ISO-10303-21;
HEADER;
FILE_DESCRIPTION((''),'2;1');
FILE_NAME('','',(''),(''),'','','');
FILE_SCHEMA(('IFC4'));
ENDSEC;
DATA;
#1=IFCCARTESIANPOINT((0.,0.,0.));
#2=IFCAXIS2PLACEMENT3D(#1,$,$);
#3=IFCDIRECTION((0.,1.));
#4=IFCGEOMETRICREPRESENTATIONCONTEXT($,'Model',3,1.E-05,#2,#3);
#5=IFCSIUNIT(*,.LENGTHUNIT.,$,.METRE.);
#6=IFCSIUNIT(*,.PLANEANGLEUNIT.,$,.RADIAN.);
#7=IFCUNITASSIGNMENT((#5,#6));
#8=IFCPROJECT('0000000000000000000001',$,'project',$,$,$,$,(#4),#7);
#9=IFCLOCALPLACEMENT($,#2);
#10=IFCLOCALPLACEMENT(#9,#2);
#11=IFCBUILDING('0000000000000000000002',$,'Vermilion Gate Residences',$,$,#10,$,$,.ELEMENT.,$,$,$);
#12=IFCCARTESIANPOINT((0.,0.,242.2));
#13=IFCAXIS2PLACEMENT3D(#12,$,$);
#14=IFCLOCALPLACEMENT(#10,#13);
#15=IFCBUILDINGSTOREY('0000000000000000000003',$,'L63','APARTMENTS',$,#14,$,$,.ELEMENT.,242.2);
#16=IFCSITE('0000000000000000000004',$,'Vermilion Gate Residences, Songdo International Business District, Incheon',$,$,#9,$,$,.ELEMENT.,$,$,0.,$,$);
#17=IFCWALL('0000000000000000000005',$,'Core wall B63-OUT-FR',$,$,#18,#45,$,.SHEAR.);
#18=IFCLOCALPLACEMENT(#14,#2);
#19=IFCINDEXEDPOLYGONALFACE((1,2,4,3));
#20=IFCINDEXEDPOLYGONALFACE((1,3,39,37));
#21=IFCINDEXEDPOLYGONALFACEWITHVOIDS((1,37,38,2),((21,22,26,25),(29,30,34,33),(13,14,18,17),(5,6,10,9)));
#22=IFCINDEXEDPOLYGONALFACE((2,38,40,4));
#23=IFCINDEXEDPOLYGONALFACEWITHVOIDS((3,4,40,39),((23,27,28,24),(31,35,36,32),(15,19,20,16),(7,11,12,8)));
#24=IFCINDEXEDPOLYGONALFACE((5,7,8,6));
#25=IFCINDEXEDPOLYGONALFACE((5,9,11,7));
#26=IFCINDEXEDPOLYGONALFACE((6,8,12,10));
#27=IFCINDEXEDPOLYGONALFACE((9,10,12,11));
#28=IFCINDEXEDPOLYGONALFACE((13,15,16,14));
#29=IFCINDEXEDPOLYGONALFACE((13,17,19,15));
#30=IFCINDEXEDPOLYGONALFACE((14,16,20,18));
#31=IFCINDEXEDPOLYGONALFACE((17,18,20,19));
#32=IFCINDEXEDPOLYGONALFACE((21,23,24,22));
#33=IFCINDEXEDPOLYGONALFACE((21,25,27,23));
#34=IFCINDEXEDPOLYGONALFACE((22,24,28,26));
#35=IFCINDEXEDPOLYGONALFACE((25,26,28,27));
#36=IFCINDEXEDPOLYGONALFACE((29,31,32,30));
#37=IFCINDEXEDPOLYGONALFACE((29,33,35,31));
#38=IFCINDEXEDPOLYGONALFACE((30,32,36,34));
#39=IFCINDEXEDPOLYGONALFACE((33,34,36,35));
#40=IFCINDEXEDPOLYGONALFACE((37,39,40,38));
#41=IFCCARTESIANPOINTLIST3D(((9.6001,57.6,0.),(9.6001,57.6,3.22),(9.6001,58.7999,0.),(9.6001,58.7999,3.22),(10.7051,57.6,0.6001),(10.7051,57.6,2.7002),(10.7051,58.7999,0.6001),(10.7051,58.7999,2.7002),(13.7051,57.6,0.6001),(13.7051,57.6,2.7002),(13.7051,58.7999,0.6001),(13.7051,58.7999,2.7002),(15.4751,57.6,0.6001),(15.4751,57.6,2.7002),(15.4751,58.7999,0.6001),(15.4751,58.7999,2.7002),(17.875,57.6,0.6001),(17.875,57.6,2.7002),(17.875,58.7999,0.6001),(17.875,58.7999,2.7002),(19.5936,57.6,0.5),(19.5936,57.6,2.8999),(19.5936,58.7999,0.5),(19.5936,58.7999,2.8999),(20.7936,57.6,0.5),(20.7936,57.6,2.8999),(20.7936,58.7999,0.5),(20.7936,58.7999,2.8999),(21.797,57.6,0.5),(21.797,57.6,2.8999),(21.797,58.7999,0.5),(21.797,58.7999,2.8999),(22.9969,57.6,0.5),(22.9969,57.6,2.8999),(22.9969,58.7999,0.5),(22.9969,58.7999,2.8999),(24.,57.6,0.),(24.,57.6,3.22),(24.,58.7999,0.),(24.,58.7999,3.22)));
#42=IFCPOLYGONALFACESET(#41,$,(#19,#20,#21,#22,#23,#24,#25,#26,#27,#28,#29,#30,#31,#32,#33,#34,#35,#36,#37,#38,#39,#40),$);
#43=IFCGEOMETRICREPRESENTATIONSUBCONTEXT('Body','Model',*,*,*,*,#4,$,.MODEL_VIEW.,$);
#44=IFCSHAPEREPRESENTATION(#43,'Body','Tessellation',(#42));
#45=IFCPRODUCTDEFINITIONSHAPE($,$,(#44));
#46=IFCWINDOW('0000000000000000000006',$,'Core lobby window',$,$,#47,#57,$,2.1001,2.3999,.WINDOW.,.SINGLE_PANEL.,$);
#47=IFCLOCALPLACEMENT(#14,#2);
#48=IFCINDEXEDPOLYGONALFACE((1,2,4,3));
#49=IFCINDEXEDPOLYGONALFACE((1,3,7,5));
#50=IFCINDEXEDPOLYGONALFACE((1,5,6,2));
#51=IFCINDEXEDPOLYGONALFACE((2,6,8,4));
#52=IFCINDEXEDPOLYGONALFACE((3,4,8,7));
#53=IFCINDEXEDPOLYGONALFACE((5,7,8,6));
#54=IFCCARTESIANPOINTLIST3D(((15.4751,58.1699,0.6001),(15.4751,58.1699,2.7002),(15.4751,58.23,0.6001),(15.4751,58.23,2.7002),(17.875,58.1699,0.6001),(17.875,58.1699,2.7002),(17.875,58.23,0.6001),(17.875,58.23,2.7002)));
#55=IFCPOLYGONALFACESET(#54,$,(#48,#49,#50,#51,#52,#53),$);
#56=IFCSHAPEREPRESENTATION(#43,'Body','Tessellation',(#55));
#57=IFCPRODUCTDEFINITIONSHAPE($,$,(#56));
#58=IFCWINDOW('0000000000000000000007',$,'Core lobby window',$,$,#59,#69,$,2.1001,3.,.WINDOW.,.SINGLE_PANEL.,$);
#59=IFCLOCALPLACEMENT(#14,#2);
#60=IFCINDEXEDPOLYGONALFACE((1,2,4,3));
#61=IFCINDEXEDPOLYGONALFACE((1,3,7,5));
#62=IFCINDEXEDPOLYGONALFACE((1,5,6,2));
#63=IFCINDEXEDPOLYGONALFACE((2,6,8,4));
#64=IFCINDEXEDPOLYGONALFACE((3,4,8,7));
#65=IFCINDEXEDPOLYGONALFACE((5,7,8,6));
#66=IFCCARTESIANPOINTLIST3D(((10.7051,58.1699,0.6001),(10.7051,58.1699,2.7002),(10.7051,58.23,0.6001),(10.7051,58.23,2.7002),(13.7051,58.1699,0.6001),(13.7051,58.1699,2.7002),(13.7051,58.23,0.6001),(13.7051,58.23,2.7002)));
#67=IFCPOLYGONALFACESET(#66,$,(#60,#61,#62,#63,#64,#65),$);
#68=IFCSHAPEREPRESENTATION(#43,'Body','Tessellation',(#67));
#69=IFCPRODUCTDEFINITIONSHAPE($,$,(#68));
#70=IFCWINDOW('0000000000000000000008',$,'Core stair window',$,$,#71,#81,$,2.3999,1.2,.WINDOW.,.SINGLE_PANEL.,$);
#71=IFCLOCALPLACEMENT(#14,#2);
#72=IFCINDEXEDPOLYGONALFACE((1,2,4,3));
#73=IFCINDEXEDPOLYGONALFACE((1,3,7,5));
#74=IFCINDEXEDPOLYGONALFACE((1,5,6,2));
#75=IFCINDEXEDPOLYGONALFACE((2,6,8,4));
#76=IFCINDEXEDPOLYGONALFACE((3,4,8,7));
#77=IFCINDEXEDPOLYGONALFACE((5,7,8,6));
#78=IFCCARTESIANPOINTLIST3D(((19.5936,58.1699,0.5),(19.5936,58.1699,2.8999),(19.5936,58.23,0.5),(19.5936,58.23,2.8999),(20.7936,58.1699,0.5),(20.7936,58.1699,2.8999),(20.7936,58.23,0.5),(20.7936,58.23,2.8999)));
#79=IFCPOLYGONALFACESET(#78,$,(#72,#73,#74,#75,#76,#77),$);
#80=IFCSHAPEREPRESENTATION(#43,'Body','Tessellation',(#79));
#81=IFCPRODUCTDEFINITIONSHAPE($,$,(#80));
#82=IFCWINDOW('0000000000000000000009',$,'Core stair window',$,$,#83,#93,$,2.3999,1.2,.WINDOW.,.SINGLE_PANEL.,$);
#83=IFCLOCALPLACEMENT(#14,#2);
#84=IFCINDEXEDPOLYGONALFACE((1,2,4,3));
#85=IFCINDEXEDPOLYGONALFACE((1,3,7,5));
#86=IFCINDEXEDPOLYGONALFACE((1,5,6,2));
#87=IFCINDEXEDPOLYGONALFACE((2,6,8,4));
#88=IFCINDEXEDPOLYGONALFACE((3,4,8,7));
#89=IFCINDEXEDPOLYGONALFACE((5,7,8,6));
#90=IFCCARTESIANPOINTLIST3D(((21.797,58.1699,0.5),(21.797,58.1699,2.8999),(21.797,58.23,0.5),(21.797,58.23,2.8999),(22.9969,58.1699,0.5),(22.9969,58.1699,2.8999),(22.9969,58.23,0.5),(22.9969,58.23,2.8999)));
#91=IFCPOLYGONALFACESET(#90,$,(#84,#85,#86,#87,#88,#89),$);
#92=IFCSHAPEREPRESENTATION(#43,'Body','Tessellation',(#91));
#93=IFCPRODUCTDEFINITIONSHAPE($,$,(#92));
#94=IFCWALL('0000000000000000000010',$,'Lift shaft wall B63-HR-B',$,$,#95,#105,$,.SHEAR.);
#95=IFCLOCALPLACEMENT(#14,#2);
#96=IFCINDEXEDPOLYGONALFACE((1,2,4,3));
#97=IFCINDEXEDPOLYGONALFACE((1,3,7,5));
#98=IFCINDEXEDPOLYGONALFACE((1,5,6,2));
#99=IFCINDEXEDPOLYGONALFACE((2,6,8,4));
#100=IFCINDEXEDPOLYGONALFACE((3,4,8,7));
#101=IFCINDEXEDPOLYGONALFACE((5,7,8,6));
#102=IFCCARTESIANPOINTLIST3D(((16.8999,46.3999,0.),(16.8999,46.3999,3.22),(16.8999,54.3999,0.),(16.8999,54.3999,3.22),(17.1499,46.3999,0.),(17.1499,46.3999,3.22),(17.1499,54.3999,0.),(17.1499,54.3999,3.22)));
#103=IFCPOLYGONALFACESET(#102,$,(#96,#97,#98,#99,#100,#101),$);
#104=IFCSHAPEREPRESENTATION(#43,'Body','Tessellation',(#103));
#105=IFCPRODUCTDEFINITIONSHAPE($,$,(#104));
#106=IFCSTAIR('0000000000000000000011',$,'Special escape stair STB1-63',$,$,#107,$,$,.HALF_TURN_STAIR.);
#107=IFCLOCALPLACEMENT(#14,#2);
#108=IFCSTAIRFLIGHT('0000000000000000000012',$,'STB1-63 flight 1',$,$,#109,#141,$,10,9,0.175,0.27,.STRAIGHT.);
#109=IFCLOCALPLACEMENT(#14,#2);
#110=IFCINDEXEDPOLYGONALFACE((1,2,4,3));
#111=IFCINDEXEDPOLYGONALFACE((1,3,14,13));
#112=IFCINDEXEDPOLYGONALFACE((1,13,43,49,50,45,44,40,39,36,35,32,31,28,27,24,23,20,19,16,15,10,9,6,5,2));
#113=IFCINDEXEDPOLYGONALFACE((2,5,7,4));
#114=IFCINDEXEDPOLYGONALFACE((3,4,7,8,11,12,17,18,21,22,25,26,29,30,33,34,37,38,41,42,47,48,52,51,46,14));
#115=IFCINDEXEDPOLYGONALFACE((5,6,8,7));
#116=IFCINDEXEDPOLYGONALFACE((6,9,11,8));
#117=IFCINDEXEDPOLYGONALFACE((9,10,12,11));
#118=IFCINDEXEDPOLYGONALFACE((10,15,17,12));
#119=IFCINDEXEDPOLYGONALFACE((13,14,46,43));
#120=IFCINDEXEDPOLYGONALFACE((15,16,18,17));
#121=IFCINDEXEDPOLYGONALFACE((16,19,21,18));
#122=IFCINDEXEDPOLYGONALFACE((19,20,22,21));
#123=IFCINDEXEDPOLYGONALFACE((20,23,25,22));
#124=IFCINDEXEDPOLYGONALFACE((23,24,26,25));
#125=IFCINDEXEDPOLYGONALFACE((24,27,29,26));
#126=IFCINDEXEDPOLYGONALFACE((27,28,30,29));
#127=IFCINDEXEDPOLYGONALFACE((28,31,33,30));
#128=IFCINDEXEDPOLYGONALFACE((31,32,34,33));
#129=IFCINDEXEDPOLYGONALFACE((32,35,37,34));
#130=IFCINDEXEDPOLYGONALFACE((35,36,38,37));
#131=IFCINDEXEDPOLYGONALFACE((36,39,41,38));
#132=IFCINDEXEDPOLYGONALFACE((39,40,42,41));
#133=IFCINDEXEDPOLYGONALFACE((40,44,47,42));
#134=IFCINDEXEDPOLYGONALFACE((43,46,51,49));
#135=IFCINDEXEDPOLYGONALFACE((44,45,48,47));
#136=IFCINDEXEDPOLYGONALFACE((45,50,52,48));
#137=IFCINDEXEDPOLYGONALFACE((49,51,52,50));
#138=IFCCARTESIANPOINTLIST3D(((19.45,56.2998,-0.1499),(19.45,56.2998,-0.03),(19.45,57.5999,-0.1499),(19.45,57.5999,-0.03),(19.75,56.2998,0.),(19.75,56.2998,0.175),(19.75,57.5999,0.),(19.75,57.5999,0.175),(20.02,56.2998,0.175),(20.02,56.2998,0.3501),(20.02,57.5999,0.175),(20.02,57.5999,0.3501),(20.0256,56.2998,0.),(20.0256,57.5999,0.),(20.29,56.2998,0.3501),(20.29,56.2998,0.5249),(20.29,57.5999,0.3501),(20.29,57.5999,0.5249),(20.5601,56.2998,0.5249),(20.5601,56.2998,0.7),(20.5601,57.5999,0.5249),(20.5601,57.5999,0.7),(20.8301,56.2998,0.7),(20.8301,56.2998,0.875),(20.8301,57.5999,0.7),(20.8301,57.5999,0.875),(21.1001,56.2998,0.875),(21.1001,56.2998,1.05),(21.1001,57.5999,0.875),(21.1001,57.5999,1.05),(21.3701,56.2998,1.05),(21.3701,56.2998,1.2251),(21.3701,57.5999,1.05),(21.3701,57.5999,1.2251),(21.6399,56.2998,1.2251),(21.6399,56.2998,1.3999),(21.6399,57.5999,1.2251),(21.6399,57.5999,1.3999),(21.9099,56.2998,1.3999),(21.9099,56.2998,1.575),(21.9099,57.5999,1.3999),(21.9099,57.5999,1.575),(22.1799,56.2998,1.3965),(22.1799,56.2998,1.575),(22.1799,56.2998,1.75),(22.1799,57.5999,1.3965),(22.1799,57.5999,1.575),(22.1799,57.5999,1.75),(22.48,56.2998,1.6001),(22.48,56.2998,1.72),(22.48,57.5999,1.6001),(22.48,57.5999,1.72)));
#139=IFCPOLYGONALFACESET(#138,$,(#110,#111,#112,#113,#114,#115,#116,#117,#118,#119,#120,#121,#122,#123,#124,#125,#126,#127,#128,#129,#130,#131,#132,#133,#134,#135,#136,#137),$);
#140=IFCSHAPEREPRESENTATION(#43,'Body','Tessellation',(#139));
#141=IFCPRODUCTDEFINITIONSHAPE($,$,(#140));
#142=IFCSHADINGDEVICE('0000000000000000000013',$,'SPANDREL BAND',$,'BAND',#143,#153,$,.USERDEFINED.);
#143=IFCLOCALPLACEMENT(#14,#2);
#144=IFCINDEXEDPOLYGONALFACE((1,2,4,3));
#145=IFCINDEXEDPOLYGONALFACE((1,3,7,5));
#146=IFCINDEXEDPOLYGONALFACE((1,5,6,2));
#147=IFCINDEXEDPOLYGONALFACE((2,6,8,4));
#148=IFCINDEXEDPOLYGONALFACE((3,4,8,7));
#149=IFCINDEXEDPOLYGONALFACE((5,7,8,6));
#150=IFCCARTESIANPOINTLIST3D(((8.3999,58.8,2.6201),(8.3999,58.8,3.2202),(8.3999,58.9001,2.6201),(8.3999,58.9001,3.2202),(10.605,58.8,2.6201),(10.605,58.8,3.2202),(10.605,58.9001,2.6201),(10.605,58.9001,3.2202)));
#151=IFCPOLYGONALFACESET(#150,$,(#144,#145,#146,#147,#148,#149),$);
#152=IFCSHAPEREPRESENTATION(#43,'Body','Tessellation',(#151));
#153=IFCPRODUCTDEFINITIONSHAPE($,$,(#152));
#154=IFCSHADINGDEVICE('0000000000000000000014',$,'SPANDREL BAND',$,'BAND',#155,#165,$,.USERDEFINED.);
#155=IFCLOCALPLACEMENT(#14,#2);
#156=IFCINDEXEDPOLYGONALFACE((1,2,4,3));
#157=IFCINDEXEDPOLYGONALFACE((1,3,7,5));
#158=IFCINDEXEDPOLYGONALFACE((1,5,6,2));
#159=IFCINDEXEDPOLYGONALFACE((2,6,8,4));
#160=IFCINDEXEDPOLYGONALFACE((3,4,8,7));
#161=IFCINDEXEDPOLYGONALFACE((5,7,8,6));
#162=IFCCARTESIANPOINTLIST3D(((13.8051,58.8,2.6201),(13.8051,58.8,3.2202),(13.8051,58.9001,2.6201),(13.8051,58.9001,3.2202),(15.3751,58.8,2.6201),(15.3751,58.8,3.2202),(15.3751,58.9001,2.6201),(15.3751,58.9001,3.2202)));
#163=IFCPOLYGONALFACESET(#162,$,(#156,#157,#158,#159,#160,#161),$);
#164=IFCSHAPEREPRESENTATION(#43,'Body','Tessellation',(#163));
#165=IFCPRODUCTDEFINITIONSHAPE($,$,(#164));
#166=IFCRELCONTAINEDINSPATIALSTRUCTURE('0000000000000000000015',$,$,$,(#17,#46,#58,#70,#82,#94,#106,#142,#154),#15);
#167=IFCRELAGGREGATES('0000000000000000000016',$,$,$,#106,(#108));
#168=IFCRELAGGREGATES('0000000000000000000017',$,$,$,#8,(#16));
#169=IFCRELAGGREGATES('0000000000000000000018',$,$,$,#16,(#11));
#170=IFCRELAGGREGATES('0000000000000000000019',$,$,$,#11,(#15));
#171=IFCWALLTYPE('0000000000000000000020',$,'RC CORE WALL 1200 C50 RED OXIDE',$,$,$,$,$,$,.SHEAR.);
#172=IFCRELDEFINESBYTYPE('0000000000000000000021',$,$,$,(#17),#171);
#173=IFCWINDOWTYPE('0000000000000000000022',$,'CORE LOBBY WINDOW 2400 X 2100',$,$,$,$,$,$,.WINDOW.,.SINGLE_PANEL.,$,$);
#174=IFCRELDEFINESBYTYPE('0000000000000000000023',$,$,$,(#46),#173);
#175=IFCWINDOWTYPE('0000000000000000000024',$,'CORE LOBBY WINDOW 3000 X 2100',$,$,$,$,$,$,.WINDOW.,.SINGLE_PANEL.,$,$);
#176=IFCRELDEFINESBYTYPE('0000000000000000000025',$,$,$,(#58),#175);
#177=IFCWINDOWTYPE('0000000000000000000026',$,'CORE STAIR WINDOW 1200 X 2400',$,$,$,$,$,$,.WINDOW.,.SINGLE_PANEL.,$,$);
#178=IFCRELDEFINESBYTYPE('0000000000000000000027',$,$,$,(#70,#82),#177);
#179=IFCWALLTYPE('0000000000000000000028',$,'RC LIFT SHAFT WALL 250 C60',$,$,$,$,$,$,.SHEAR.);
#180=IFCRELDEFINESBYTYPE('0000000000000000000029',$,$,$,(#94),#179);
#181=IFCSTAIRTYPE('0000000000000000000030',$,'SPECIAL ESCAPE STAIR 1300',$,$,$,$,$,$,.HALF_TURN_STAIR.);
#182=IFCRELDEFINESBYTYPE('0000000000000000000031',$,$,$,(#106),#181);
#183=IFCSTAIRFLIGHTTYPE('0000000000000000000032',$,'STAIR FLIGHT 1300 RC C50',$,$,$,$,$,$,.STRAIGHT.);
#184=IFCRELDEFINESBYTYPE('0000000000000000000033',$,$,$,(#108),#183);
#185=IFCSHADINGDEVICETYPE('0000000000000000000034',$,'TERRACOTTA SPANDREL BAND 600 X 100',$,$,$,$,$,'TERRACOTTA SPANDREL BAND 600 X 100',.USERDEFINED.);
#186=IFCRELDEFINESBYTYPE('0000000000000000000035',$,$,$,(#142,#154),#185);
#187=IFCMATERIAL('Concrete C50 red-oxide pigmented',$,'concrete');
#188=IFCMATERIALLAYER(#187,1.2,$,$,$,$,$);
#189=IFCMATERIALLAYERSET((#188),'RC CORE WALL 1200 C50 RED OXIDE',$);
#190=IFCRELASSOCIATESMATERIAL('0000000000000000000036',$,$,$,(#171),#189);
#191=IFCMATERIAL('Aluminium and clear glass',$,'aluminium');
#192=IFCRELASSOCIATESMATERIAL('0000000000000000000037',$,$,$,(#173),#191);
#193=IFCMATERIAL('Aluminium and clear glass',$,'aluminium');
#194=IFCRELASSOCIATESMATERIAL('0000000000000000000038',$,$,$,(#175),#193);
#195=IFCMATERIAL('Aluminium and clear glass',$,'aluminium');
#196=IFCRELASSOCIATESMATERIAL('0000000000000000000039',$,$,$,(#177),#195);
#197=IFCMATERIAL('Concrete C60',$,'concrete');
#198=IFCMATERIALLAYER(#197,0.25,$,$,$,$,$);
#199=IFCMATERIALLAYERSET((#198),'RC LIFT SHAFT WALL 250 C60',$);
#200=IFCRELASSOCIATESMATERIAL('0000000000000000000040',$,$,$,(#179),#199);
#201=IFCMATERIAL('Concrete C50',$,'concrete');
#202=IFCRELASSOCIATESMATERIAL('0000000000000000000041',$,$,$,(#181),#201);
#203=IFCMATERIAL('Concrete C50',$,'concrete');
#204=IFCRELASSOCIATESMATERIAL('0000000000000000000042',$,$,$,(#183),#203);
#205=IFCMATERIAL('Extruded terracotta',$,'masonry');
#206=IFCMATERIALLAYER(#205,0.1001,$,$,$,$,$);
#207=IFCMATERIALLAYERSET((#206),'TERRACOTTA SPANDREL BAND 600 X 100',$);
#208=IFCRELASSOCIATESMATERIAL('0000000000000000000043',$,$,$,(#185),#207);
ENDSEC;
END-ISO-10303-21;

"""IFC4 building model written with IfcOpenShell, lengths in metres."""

from ifc_helpers import new_model, si_unit, direction, frame, frame_2d, origin, origin_2d, place, context, subcontext, project, spatial, polyline, rectangle, outline, extrude, material, layer, layer_set, type_object, element, fill, aggregate, save


model = new_model("IFC4")

# Units and contexts
model_context = context("Model", 3, precision=1e-05, world=origin(), true_north=direction((0.0, 1.0)))
body_context = subcontext(model_context, "Body", "Model", "MODEL_VIEW")
ifc_project = project(units=[si_unit("LENGTHUNIT", "METRE"), si_unit("PLANEANGLEUNIT", "RADIAN")], contexts=[model_context])

# Site, building, storey
site_placement = place(None, origin())
site = spatial("IfcSite", under=ifc_project, at=site_placement, Name="Vermilion Gate Residences, Songdo International Business District, Incheon", CompositionType="ELEMENT", RefElevation=0.0)
building_placement = place(site_placement, origin())
building = spatial("IfcBuilding", under=site, at=building_placement, Name="Vermilion Gate Residences", CompositionType="ELEMENT")
storey_placement = place(building_placement, frame((0.0, 0.0, 242.2)))
storey = spatial("IfcBuildingStorey", under=building, at=storey_placement, Name="L63", Description="APARTMENTS", CompositionType="ELEMENT", Elevation=242.2)

# Wall, openings, windows
ifc_material_1 = material(Name="Concrete C50 red-oxide pigmented", Category="concrete")
ifc_layer_1 = layer(ifc_material_1, 1.2)
ifc_layer_set_1 = layer_set([ifc_layer_1], Name="RC CORE WALL 1200 C50 RED OXIDE")
wall_type_1 = type_object("IfcWallType", Name="RC CORE WALL 1200 C50 RED OXIDE", PredefinedType="SHEAR", material=ifc_layer_set_1)
ifc_material_2 = material(Name="Aluminium and clear glass", Category="aluminium")
window_type_1 = type_object("IfcWindowType", Name="CORE LOBBY WINDOW 2400 X 2100", PartitioningType="SINGLE_PANEL", PredefinedType="WINDOW", material=ifc_material_2)
wall_1_placement = place(storey_placement, frame((9.6001, 58.2, 0.0), z_axis=(0.0, 0.0, 1.0), x_axis=(1.0, 0.0, 0.0)))
wall_1 = element("IfcWall", 1, at=wall_1_placement, inside=storey, type_object=wall_type_1, Name="Core wall B63-OUT-FR", PredefinedType="SHEAR", context=body_context, shape_type="SweptSolid", body=[
    extrude(rectangle(XDim=14.3999, YDim=1.2, at=frame_2d((7.2, 0.0))), origin(), (0.0, 0.0, 1.0), 3.22),
])
opening_1_placement = place(wall_1_placement, frame((1.105, 0.0, 0.6001)))
opening_1 = element("IfcOpeningElement", 2, at=opening_1_placement, cuts=wall_1, PredefinedType="OPENING", context=body_context, shape_type="SweptSolid", body=[
    extrude(rectangle(XDim=3.0, YDim=2.1001, at=frame_2d((1.5, 1.05))), frame((0.0, 0.6099, 0.0), z_axis=(0.0, -1.0, 0.0), x_axis=(1.0, 0.0, 0.0)), (0.0, 0.0, 1.0), 1.22),
])
opening_2_placement = place(wall_1_placement, frame((5.875, 0.0, 0.6001)))
opening_2 = element("IfcOpeningElement", 3, at=opening_2_placement, cuts=wall_1, PredefinedType="OPENING", context=body_context, shape_type="SweptSolid", body=[
    extrude(rectangle(XDim=2.3999, YDim=2.1001, at=frame_2d((1.2, 1.05))), frame((0.0, 0.6099, 0.0), z_axis=(0.0, -1.0, 0.0), x_axis=(1.0, 0.0, 0.0)), (0.0, 0.0, 1.0), 1.22),
])
opening_3_placement = place(wall_1_placement, frame((9.9934, 0.0, 0.5)))
opening_3 = element("IfcOpeningElement", 4, at=opening_3_placement, cuts=wall_1, PredefinedType="OPENING", context=body_context, shape_type="SweptSolid", body=[
    extrude(rectangle(XDim=1.2, YDim=2.3999, at=frame_2d((0.6001, 1.2))), frame((0.0, 0.6099, 0.0), z_axis=(0.0, -1.0, 0.0), x_axis=(1.0, 0.0, 0.0)), (0.0, 0.0, 1.0), 1.22),
])
opening_4_placement = place(wall_1_placement, frame((12.1968, 0.0, 0.5)))
opening_4 = element("IfcOpeningElement", 5, at=opening_4_placement, cuts=wall_1, PredefinedType="OPENING", context=body_context, shape_type="SweptSolid", body=[
    extrude(rectangle(XDim=1.2, YDim=2.3999, at=frame_2d((0.6001, 1.2))), frame((0.0, 0.6099, 0.0), z_axis=(0.0, -1.0, 0.0), x_axis=(1.0, 0.0, 0.0)), (0.0, 0.0, 1.0), 1.22),
])
window_1_placement = place(opening_2_placement, origin())
window_1 = element("IfcWindow", 6, at=window_1_placement, inside=storey, type_object=window_type_1, Name="Core lobby window", OverallHeight=2.1001, OverallWidth=2.3999, PartitioningType="SINGLE_PANEL", PredefinedType="WINDOW", context=body_context, shape_type="SweptSolid", body=[
    extrude(rectangle(XDim=2.3999, YDim=2.1001, at=frame_2d((1.2, 1.05))), frame((0.0, 0.03, 0.0), z_axis=(0.0, -1.0, 0.0), x_axis=(1.0, 0.0, 0.0)), (0.0, 0.0, 1.0), 0.0601),
])
fill(opening_2, window_1)
ifc_material_3 = material(Name="Aluminium and clear glass", Category="aluminium")
window_type_2 = type_object("IfcWindowType", Name="CORE LOBBY WINDOW 3000 X 2100", PartitioningType="SINGLE_PANEL", PredefinedType="WINDOW", material=ifc_material_3)
window_2_placement = place(opening_1_placement, origin())
window_2 = element("IfcWindow", 7, at=window_2_placement, inside=storey, type_object=window_type_2, Name="Core lobby window", OverallHeight=2.1001, OverallWidth=3.0, PartitioningType="SINGLE_PANEL", PredefinedType="WINDOW", context=body_context, shape_type="SweptSolid", body=[
    extrude(rectangle(XDim=3.0, YDim=2.1001, at=frame_2d((1.5, 1.05))), frame((0.0, 0.03, 0.0), z_axis=(0.0, -1.0, 0.0), x_axis=(1.0, 0.0, 0.0)), (0.0, 0.0, 1.0), 0.0601),
])
fill(opening_1, window_2)
ifc_material_4 = material(Name="Aluminium and clear glass", Category="aluminium")
window_type_3 = type_object("IfcWindowType", Name="CORE STAIR WINDOW 1200 X 2400", PartitioningType="SINGLE_PANEL", PredefinedType="WINDOW", material=ifc_material_4)
window_3_placement = place(opening_3_placement, origin())
window_3 = element("IfcWindow", 8, at=window_3_placement, inside=storey, type_object=window_type_3, Name="Core stair window", OverallHeight=2.3999, OverallWidth=1.2, PartitioningType="SINGLE_PANEL", PredefinedType="WINDOW", context=body_context, shape_type="SweptSolid", body=[
    extrude(rectangle(XDim=1.2, YDim=2.3999, at=frame_2d((0.6001, 1.2))), frame((0.0, 0.03, 0.0), z_axis=(0.0, -1.0, 0.0), x_axis=(1.0, 0.0, 0.0)), (0.0, 0.0, 1.0), 0.0601),
])
fill(opening_3, window_3)
window_4_placement = place(opening_4_placement, origin())
window_4 = element("IfcWindow", 9, at=window_4_placement, inside=storey, type_object=window_type_3, Name="Core stair window", OverallHeight=2.3999, OverallWidth=1.2, PartitioningType="SINGLE_PANEL", PredefinedType="WINDOW", context=body_context, shape_type="SweptSolid", body=[
    extrude(rectangle(XDim=1.2, YDim=2.3999, at=frame_2d((0.6001, 1.2))), frame((0.0, 0.03, 0.0), z_axis=(0.0, -1.0, 0.0), x_axis=(1.0, 0.0, 0.0)), (0.0, 0.0, 1.0), 0.0601),
])
fill(opening_4, window_4)

# Wall
ifc_material_5 = material(Name="Concrete C60", Category="concrete")
ifc_layer_2 = layer(ifc_material_5, 0.25)
ifc_layer_set_2 = layer_set([ifc_layer_2], Name="RC LIFT SHAFT WALL 250 C60")
wall_type_2 = type_object("IfcWallType", Name="RC LIFT SHAFT WALL 250 C60", PredefinedType="SHEAR", material=ifc_layer_set_2)
wall_2_placement = place(storey_placement, frame((17.0249, 54.3999, 0.0), z_axis=(0.0, 0.0, 1.0), x_axis=(0.0, -1.0, 0.0)))
element("IfcWall", 10, at=wall_2_placement, inside=storey, type_object=wall_type_2, Name="Lift shaft wall B63-HR-B", PredefinedType="SHEAR", context=body_context, shape_type="SweptSolid", body=[
    extrude(rectangle(XDim=8.0, YDim=0.25, at=frame_2d((4.0, 0.0))), origin(), (0.0, 0.0, 1.0), 3.22),
])

# Stair, stair flight
ifc_material_6 = material(Name="Concrete C50", Category="concrete")
stair_type = type_object("IfcStairType", Name="SPECIAL ESCAPE STAIR 1300", PredefinedType="HALF_TURN_STAIR", material=ifc_material_6)
stair_placement = place(storey_placement, origin())
stair = element("IfcStair", 11, at=stair_placement, inside=storey, type_object=stair_type, Name="Special escape stair STB1-63", PredefinedType="HALF_TURN_STAIR")
ifc_material_7 = material(Name="Concrete C50", Category="concrete")
stair_flight_type = type_object("IfcStairFlightType", Name="STAIR FLIGHT 1300 RC C50", PredefinedType="STRAIGHT", material=ifc_material_7)
stair_flight_placement = place(storey_placement, frame((19.75, 56.95, 0.0), z_axis=(0.0, 0.0, 1.0), x_axis=(1.0, 0.0, 0.0)))
stair_flight = element("IfcStairFlight", 12, at=stair_flight_placement, type_object=stair_flight_type, Name="STB1-63 flight 1", NumberOfRisers=10, NumberOfTreads=9, PredefinedType="STRAIGHT", RiserHeight=0.175, TreadLength=0.27, context=body_context, shape_type="SweptSolid", body=[
    extrude(outline(polyline([(-0.3, -0.1499), (-0.3, -0.03), (0.0, 0.0), (0.0, 0.175), (0.27, 0.175), (0.27, 0.3501), (0.54, 0.3501), (0.54, 0.5249), (0.8101, 0.5249), (0.8101, 0.7), (1.0801, 0.7), (1.0801, 0.875), (1.3501, 0.875), (1.3501, 1.05), (1.6201, 1.05), (1.6201, 1.2251), (1.8899, 1.2251), (1.8899, 1.3999), (2.1599, 1.3999), (2.1599, 1.575), (2.4299, 1.575), (2.4299, 1.75), (2.73, 1.72), (2.73, 1.6001), (2.4299, 1.3965), (0.2756, 0.0), (-0.3, -0.1499)])), frame((0.0, 0.6499, 0.0), z_axis=(0.0, -1.0, 0.0), x_axis=(1.0, 0.0, 0.0)), (0.0, 0.0, 1.0), 1.3),
])
aggregate(stair, [stair_flight])

# Shading devices
ifc_material_8 = material(Name="Extruded terracotta", Category="masonry")
ifc_layer_3 = layer(ifc_material_8, 0.1001)
ifc_layer_set_3 = layer_set([ifc_layer_3], Name="TERRACOTTA SPANDREL BAND 600 X 100")
shading_device_type = type_object("IfcShadingDeviceType", Name="TERRACOTTA SPANDREL BAND 600 X 100", ElementType="TERRACOTTA SPANDREL BAND 600 X 100", PredefinedType="USERDEFINED", material=ifc_layer_set_3)
shading_device_1_placement = place(storey_placement, frame((9.5024, 58.8501, 2.6201), z_axis=(0.0, 0.0, 1.0), x_axis=(1.0, 0.0, 0.0)))
element("IfcShadingDevice", 13, at=shading_device_1_placement, inside=storey, type_object=shading_device_type, Name="SPANDREL BAND", ObjectType="BAND", PredefinedType="USERDEFINED", context=body_context, shape_type="SweptSolid", body=[
    extrude(rectangle(XDim=2.2051, YDim=0.1001, at=origin_2d()), origin(), (0.0, 0.0, 1.0), 0.6001),
])
shading_device_2_placement = place(storey_placement, frame((14.5901, 58.8501, 2.6201), z_axis=(0.0, 0.0, 1.0), x_axis=(1.0, 0.0, 0.0)))
element("IfcShadingDevice", 14, at=shading_device_2_placement, inside=storey, type_object=shading_device_type, Name="SPANDREL BAND", ObjectType="BAND", PredefinedType="USERDEFINED", context=body_context, shape_type="SweptSolid", body=[
    extrude(rectangle(XDim=1.5701, YDim=0.1001, at=origin_2d()), origin(), (0.0, 0.0, 1.0), 0.6001),
])

save(model, "model.ifc")
